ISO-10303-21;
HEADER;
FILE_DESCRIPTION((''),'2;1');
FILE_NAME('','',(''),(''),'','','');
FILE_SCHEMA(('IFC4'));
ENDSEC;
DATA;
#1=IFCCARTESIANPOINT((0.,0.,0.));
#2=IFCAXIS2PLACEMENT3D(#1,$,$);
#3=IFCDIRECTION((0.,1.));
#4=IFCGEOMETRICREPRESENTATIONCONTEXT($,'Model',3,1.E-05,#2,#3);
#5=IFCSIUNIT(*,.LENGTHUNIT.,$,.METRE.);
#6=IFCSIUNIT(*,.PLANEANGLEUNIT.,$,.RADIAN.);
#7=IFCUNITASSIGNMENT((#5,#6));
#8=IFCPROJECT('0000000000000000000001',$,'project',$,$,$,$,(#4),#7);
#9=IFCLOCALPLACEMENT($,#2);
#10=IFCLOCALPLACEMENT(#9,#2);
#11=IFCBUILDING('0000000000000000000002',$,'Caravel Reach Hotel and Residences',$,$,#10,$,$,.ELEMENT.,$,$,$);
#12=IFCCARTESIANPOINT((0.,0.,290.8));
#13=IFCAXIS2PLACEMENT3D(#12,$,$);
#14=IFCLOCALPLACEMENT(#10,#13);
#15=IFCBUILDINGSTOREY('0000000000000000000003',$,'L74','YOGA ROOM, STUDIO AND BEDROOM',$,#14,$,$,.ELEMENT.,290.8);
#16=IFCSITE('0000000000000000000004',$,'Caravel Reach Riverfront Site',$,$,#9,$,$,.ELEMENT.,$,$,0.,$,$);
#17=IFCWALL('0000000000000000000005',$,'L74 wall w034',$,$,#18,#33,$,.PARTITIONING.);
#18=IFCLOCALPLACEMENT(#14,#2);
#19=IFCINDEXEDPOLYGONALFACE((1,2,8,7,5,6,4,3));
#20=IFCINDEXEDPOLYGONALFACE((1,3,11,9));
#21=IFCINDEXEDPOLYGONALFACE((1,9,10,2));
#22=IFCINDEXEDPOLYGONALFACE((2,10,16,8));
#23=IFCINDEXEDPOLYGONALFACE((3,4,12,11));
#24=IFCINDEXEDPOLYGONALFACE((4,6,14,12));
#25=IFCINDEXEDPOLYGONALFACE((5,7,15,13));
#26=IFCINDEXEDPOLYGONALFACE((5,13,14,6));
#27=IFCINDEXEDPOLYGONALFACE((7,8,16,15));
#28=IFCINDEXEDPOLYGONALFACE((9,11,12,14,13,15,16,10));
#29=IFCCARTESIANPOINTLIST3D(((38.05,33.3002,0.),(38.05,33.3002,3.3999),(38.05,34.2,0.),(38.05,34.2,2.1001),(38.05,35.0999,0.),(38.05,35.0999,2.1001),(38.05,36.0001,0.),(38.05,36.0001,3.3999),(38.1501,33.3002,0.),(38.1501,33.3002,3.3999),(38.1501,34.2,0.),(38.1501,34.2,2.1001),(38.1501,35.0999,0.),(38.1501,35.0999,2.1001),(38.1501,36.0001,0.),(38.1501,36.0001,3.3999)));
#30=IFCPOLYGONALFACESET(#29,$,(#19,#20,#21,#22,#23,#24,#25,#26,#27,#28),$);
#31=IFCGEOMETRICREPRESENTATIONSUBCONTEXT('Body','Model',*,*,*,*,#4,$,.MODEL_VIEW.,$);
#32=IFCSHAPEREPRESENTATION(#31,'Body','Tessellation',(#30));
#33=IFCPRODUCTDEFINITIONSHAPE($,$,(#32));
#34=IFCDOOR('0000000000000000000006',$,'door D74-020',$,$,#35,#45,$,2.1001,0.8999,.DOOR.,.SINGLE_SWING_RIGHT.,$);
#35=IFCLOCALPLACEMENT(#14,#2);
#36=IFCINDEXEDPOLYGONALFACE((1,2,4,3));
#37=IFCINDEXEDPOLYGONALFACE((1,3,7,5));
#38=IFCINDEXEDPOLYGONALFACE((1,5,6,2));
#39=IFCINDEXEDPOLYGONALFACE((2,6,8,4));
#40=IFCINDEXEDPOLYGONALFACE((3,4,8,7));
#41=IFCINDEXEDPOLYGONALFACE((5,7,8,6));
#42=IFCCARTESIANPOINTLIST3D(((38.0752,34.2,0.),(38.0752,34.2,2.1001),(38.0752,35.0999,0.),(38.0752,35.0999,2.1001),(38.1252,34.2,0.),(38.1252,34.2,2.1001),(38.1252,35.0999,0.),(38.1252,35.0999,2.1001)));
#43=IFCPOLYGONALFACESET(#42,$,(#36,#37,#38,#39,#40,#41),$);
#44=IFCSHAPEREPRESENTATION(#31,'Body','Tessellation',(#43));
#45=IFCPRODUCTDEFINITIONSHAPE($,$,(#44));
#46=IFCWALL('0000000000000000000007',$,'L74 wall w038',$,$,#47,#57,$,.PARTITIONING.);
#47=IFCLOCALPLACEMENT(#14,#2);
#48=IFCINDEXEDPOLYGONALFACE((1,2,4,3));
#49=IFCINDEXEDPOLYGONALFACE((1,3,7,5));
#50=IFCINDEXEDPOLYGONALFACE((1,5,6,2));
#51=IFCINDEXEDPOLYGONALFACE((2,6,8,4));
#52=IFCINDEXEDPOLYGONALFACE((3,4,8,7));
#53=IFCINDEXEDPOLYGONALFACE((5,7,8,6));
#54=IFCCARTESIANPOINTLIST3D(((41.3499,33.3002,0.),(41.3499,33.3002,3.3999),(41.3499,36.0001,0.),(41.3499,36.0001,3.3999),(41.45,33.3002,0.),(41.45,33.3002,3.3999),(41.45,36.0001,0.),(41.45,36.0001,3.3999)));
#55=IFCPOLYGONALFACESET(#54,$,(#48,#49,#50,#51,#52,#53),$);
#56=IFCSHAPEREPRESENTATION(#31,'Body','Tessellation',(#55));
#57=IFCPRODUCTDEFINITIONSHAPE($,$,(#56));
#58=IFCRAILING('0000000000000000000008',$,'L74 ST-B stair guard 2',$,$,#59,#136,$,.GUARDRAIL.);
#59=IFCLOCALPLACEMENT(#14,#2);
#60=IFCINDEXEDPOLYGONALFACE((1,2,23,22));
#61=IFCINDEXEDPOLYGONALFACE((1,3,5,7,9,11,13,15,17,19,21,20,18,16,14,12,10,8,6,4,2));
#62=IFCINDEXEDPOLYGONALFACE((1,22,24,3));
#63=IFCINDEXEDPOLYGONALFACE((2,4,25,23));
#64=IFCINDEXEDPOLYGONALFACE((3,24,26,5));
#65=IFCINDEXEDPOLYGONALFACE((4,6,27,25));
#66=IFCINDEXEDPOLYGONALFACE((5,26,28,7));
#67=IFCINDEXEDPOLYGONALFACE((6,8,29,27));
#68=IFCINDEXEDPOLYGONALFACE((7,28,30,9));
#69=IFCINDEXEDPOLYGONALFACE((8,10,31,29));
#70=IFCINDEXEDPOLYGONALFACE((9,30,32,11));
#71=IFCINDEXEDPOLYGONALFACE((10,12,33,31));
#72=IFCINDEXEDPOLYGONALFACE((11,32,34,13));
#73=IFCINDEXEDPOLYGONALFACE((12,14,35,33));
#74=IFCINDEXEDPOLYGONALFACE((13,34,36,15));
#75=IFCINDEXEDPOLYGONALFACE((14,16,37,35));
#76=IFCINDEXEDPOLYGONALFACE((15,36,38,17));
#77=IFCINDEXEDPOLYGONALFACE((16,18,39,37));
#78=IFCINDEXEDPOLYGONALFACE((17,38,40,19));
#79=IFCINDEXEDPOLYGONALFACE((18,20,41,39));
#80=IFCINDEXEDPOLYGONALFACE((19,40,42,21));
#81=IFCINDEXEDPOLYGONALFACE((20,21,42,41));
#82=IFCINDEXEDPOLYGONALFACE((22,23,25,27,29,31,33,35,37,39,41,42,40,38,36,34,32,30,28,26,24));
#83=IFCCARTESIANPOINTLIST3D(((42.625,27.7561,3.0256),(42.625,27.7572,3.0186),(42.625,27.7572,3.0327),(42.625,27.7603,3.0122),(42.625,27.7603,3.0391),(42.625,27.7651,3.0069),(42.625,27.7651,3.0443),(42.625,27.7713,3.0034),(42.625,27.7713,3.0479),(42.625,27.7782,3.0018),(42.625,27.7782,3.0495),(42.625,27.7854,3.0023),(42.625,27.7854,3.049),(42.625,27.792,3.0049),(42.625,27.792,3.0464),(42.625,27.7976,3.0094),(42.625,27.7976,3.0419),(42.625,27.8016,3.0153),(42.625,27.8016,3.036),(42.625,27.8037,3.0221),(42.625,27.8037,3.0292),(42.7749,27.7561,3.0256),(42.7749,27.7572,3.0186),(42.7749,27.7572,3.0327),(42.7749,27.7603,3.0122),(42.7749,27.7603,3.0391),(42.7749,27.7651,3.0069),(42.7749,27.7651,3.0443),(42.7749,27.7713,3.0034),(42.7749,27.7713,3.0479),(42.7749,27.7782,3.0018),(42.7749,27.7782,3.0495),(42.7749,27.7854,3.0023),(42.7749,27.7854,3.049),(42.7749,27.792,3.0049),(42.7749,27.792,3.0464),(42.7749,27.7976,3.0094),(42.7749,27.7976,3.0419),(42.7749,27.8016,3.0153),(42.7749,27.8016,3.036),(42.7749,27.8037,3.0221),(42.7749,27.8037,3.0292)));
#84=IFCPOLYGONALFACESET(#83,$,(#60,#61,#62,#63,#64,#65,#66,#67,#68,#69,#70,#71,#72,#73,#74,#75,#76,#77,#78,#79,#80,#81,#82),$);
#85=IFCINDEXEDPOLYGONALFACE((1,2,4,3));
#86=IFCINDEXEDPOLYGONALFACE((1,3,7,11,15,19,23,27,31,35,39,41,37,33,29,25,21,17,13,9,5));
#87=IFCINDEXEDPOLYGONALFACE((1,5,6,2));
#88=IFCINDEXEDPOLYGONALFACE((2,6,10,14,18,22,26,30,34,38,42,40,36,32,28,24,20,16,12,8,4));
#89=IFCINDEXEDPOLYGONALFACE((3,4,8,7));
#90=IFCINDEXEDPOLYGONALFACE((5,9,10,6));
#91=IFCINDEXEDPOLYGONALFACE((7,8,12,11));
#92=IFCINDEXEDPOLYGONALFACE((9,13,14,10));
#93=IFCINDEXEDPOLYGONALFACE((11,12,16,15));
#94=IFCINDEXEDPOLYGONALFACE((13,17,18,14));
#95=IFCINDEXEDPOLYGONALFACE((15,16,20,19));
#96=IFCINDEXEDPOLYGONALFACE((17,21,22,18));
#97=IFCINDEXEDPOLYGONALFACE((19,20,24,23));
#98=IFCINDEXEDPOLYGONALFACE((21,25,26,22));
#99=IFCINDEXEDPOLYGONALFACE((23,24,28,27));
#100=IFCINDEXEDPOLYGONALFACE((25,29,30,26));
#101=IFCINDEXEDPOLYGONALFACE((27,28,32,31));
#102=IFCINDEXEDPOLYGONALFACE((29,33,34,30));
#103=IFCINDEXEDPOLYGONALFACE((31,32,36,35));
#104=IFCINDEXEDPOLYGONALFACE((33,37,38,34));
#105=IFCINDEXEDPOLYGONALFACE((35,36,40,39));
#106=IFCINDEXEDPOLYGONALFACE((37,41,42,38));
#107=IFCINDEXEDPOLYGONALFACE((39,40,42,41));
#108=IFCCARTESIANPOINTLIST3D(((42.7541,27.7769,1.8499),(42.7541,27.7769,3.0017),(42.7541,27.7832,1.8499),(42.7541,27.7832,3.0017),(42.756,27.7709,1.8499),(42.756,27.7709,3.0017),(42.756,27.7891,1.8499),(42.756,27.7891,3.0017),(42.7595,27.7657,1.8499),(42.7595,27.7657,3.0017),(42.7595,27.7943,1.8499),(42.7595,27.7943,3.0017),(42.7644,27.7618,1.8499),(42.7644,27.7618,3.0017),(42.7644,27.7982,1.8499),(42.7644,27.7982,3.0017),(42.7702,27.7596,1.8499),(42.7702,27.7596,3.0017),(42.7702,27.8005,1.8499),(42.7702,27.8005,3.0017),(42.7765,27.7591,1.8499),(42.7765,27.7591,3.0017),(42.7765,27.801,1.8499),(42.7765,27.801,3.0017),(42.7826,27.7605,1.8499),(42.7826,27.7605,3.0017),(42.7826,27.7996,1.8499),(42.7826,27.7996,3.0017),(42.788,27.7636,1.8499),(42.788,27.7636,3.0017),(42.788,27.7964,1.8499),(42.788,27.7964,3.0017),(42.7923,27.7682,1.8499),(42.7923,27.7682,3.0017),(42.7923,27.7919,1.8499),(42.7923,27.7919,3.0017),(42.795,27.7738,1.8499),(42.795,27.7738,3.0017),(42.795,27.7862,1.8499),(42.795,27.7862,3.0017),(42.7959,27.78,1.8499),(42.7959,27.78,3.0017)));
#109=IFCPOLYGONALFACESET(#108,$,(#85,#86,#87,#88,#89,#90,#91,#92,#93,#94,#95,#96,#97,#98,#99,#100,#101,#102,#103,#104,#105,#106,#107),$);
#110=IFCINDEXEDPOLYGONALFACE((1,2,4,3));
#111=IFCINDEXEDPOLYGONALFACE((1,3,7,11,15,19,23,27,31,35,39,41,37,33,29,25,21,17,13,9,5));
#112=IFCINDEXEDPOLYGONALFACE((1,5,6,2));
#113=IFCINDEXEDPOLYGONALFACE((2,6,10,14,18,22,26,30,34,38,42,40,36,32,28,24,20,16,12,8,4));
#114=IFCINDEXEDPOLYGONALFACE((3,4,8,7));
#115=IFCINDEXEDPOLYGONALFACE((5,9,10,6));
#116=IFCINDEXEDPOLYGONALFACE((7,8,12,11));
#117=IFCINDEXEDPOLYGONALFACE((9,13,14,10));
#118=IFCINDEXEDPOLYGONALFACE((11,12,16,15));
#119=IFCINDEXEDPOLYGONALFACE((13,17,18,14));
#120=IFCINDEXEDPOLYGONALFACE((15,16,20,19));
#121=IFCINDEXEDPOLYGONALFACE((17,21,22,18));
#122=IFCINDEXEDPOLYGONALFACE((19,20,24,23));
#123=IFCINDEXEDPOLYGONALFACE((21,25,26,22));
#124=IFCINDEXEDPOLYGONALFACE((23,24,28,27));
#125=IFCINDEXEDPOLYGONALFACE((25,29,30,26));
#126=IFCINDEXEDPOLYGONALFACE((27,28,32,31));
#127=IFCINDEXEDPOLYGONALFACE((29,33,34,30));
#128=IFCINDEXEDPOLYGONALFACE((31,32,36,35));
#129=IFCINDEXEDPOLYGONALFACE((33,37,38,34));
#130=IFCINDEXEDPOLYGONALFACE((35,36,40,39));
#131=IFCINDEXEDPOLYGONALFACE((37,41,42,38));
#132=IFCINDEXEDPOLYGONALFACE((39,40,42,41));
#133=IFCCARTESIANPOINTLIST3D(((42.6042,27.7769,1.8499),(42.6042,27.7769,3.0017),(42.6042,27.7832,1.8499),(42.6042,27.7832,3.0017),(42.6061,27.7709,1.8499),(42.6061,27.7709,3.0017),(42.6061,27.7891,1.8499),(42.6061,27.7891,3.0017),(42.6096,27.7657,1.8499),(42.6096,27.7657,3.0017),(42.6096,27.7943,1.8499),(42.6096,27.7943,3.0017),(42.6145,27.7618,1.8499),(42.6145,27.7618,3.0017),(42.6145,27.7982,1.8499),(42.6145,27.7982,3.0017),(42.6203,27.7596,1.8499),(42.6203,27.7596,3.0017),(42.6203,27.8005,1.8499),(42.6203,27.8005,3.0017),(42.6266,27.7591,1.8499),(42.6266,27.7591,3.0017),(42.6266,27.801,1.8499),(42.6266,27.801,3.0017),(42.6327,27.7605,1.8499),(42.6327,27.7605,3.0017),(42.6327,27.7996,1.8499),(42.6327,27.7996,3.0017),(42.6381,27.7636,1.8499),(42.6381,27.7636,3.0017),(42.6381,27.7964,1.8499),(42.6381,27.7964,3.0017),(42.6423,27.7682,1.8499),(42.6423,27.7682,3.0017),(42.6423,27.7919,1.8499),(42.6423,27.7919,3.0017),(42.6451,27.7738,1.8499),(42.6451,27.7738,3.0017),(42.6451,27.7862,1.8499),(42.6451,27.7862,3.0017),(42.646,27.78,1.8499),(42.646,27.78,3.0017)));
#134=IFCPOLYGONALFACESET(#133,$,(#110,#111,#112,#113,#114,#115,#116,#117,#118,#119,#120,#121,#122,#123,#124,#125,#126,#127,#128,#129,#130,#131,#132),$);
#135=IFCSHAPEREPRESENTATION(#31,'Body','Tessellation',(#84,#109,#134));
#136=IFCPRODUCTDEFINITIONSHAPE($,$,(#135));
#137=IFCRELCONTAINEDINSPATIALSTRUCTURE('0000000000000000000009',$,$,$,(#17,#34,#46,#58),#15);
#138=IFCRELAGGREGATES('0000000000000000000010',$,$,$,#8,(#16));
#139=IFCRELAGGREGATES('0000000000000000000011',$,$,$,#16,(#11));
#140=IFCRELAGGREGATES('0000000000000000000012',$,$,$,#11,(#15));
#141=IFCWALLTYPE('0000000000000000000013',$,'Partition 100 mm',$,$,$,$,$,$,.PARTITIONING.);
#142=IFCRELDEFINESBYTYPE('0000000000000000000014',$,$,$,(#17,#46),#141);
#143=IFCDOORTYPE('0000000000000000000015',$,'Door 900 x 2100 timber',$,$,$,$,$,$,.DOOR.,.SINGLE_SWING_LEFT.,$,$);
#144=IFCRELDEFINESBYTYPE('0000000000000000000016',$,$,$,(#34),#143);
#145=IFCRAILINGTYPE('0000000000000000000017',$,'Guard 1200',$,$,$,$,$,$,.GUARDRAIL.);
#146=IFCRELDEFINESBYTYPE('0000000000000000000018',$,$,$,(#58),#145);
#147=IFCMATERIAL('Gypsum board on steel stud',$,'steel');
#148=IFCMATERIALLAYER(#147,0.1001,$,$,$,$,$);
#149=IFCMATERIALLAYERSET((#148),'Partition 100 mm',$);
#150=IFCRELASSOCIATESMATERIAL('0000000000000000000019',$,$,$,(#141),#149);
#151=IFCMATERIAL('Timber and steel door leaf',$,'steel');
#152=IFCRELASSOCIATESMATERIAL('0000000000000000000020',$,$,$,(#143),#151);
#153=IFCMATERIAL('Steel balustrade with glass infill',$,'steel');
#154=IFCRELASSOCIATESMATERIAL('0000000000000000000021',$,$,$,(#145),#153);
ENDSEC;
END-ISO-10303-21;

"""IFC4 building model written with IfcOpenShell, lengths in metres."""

from ifc_helpers import new_model, si_unit, direction, frame, frame_2d, origin, origin_2d, place, context, subcontext, project, spatial, rectangle, circle, extrude, material, layer, layer_set, type_object, element, fill, save


model = new_model("IFC4")

# Units and contexts
model_context = context("Model", 3, precision=1e-05, world=origin(), true_north=direction((0.0, 1.0)))
body_context = subcontext(model_context, "Body", "Model", "MODEL_VIEW")
ifc_project = project(units=[si_unit("LENGTHUNIT", "METRE"), si_unit("PLANEANGLEUNIT", "RADIAN")], contexts=[model_context])

# Site, building, storey
site_placement = place(None, origin())
site = spatial("IfcSite", under=ifc_project, at=site_placement, Name="Caravel Reach Riverfront Site", CompositionType="ELEMENT", RefElevation=0.0)
building_placement = place(site_placement, origin())
building = spatial("IfcBuilding", under=site, at=building_placement, Name="Caravel Reach Hotel and Residences", CompositionType="ELEMENT")
storey_placement = place(building_placement, frame((0.0, 0.0, 290.8)))
storey = spatial("IfcBuildingStorey", under=building, at=storey_placement, Name="L74", Description="YOGA ROOM, STUDIO AND BEDROOM", CompositionType="ELEMENT", Elevation=290.8)

# Shared definitions
ifc_material_1 = material(Name="Gypsum board on steel stud", Category="steel")
ifc_layer_1 = layer(ifc_material_1, 0.1001)
ifc_layer_set_1 = layer_set([ifc_layer_1], Name="Partition 100 mm")
wall_type_1 = type_object("IfcWallType", Name="Partition 100 mm", PredefinedType="PARTITIONING", material=ifc_layer_set_1)

# Wall, opening, door
wall_1_placement = place(storey_placement, frame((38.1001, 33.3, 0.0), z_axis=(0.0, 0.0, 1.0), x_axis=(0.0, 1.0, 0.0)))
wall_1 = element("IfcWall", 1, at=wall_1_placement, inside=storey, type_object=wall_type_1, Name="L74 wall w034", PredefinedType="PARTITIONING", context=body_context, shape_type="SweptSolid", body=[
    extrude(rectangle(XDim=2.7, YDim=0.1001, at=frame_2d((1.3501, 0.0))), origin(), (0.0, 0.0, 1.0), 3.3999),
])
opening_1_placement = place(wall_1_placement, frame((0.8999, 0.0, 0.0)))
opening_1 = element("IfcOpeningElement", 2, at=opening_1_placement, cuts=wall_1, PredefinedType="OPENING", context=body_context, shape_type="SweptSolid", body=[
    extrude(rectangle(XDim=0.8999, YDim=2.1001, at=frame_2d((0.45, 1.05))), frame((0.0, 0.0601, 0.0), z_axis=(0.0, -1.0, 0.0), x_axis=(1.0, 0.0, 0.0)), (0.0, 0.0, 1.0), 0.1201),
])
ifc_material_2 = material(Name="Timber and steel door leaf", Category="steel")
door_type_1 = type_object("IfcDoorType", Name="Door 900 x 2100 timber", OperationType="SINGLE_SWING_LEFT", PredefinedType="DOOR", material=ifc_material_2)
door_1_placement = place(opening_1_placement, origin())
door_1 = element("IfcDoor", 3, at=door_1_placement, inside=storey, type_object=door_type_1, Name="door D74-020", OperationType="SINGLE_SWING_RIGHT", OverallHeight=2.1001, OverallWidth=0.8999, PredefinedType="DOOR", context=body_context, shape_type="SweptSolid", body=[
    extrude(rectangle(XDim=0.8999, YDim=2.1001, at=frame_2d((0.45, 1.05))), frame((0.0, 0.0249, 0.0), z_axis=(0.0, -1.0, 0.0), x_axis=(1.0, 0.0, 0.0)), (0.0, 0.0, 1.0), 0.05),
])
fill(opening_1, door_1)

# Wall
wall_2_placement = place(storey_placement, frame((41.3999, 33.3, 0.0), z_axis=(0.0, 0.0, 1.0), x_axis=(0.0, 1.0, 0.0)))
element("IfcWall", 4, at=wall_2_placement, inside=storey, type_object=wall_type_1, Name="L74 wall w038", PredefinedType="PARTITIONING", context=body_context, shape_type="SweptSolid", body=[
    extrude(rectangle(XDim=2.7, YDim=0.1001, at=frame_2d((1.3501, 0.0))), origin(), (0.0, 0.0, 1.0), 3.3999),
])

# Railing
ifc_material_3 = material(Name="Steel balustrade with glass infill", Category="steel")
railing_type_1 = type_object("IfcRailingType", Name="Guard 1200", PredefinedType="GUARDRAIL", material=ifc_material_3)
railing_1_placement = place(storey_placement, frame((42.7749, 27.78, 1.8499)))
element("IfcRailing", 5, at=railing_1_placement, inside=storey, type_object=railing_type_1, Name="L74 ST-B stair guard 2", PredefinedType="GUARDRAIL", context=body_context, shape_type="SweptSolid", body=[
    extrude(circle(Radius=0.0239, at=origin_2d()), frame((0.0, 0.0, 1.1758), z_axis=(-1.0, 0.0, 0.0), x_axis=(0.0, -1.0, 0.0)), (0.0, 0.0, 1.0), 0.1499),
    extrude(circle(Radius=0.021, at=origin_2d()), origin(), (0.0, 0.0, 1.0), 1.1519),
    extrude(circle(Radius=0.021, at=origin_2d()), frame((-0.1499, 0.0, 0.0)), (0.0, 0.0, 1.0), 1.1519),
])

save(model, "model.ifc")
